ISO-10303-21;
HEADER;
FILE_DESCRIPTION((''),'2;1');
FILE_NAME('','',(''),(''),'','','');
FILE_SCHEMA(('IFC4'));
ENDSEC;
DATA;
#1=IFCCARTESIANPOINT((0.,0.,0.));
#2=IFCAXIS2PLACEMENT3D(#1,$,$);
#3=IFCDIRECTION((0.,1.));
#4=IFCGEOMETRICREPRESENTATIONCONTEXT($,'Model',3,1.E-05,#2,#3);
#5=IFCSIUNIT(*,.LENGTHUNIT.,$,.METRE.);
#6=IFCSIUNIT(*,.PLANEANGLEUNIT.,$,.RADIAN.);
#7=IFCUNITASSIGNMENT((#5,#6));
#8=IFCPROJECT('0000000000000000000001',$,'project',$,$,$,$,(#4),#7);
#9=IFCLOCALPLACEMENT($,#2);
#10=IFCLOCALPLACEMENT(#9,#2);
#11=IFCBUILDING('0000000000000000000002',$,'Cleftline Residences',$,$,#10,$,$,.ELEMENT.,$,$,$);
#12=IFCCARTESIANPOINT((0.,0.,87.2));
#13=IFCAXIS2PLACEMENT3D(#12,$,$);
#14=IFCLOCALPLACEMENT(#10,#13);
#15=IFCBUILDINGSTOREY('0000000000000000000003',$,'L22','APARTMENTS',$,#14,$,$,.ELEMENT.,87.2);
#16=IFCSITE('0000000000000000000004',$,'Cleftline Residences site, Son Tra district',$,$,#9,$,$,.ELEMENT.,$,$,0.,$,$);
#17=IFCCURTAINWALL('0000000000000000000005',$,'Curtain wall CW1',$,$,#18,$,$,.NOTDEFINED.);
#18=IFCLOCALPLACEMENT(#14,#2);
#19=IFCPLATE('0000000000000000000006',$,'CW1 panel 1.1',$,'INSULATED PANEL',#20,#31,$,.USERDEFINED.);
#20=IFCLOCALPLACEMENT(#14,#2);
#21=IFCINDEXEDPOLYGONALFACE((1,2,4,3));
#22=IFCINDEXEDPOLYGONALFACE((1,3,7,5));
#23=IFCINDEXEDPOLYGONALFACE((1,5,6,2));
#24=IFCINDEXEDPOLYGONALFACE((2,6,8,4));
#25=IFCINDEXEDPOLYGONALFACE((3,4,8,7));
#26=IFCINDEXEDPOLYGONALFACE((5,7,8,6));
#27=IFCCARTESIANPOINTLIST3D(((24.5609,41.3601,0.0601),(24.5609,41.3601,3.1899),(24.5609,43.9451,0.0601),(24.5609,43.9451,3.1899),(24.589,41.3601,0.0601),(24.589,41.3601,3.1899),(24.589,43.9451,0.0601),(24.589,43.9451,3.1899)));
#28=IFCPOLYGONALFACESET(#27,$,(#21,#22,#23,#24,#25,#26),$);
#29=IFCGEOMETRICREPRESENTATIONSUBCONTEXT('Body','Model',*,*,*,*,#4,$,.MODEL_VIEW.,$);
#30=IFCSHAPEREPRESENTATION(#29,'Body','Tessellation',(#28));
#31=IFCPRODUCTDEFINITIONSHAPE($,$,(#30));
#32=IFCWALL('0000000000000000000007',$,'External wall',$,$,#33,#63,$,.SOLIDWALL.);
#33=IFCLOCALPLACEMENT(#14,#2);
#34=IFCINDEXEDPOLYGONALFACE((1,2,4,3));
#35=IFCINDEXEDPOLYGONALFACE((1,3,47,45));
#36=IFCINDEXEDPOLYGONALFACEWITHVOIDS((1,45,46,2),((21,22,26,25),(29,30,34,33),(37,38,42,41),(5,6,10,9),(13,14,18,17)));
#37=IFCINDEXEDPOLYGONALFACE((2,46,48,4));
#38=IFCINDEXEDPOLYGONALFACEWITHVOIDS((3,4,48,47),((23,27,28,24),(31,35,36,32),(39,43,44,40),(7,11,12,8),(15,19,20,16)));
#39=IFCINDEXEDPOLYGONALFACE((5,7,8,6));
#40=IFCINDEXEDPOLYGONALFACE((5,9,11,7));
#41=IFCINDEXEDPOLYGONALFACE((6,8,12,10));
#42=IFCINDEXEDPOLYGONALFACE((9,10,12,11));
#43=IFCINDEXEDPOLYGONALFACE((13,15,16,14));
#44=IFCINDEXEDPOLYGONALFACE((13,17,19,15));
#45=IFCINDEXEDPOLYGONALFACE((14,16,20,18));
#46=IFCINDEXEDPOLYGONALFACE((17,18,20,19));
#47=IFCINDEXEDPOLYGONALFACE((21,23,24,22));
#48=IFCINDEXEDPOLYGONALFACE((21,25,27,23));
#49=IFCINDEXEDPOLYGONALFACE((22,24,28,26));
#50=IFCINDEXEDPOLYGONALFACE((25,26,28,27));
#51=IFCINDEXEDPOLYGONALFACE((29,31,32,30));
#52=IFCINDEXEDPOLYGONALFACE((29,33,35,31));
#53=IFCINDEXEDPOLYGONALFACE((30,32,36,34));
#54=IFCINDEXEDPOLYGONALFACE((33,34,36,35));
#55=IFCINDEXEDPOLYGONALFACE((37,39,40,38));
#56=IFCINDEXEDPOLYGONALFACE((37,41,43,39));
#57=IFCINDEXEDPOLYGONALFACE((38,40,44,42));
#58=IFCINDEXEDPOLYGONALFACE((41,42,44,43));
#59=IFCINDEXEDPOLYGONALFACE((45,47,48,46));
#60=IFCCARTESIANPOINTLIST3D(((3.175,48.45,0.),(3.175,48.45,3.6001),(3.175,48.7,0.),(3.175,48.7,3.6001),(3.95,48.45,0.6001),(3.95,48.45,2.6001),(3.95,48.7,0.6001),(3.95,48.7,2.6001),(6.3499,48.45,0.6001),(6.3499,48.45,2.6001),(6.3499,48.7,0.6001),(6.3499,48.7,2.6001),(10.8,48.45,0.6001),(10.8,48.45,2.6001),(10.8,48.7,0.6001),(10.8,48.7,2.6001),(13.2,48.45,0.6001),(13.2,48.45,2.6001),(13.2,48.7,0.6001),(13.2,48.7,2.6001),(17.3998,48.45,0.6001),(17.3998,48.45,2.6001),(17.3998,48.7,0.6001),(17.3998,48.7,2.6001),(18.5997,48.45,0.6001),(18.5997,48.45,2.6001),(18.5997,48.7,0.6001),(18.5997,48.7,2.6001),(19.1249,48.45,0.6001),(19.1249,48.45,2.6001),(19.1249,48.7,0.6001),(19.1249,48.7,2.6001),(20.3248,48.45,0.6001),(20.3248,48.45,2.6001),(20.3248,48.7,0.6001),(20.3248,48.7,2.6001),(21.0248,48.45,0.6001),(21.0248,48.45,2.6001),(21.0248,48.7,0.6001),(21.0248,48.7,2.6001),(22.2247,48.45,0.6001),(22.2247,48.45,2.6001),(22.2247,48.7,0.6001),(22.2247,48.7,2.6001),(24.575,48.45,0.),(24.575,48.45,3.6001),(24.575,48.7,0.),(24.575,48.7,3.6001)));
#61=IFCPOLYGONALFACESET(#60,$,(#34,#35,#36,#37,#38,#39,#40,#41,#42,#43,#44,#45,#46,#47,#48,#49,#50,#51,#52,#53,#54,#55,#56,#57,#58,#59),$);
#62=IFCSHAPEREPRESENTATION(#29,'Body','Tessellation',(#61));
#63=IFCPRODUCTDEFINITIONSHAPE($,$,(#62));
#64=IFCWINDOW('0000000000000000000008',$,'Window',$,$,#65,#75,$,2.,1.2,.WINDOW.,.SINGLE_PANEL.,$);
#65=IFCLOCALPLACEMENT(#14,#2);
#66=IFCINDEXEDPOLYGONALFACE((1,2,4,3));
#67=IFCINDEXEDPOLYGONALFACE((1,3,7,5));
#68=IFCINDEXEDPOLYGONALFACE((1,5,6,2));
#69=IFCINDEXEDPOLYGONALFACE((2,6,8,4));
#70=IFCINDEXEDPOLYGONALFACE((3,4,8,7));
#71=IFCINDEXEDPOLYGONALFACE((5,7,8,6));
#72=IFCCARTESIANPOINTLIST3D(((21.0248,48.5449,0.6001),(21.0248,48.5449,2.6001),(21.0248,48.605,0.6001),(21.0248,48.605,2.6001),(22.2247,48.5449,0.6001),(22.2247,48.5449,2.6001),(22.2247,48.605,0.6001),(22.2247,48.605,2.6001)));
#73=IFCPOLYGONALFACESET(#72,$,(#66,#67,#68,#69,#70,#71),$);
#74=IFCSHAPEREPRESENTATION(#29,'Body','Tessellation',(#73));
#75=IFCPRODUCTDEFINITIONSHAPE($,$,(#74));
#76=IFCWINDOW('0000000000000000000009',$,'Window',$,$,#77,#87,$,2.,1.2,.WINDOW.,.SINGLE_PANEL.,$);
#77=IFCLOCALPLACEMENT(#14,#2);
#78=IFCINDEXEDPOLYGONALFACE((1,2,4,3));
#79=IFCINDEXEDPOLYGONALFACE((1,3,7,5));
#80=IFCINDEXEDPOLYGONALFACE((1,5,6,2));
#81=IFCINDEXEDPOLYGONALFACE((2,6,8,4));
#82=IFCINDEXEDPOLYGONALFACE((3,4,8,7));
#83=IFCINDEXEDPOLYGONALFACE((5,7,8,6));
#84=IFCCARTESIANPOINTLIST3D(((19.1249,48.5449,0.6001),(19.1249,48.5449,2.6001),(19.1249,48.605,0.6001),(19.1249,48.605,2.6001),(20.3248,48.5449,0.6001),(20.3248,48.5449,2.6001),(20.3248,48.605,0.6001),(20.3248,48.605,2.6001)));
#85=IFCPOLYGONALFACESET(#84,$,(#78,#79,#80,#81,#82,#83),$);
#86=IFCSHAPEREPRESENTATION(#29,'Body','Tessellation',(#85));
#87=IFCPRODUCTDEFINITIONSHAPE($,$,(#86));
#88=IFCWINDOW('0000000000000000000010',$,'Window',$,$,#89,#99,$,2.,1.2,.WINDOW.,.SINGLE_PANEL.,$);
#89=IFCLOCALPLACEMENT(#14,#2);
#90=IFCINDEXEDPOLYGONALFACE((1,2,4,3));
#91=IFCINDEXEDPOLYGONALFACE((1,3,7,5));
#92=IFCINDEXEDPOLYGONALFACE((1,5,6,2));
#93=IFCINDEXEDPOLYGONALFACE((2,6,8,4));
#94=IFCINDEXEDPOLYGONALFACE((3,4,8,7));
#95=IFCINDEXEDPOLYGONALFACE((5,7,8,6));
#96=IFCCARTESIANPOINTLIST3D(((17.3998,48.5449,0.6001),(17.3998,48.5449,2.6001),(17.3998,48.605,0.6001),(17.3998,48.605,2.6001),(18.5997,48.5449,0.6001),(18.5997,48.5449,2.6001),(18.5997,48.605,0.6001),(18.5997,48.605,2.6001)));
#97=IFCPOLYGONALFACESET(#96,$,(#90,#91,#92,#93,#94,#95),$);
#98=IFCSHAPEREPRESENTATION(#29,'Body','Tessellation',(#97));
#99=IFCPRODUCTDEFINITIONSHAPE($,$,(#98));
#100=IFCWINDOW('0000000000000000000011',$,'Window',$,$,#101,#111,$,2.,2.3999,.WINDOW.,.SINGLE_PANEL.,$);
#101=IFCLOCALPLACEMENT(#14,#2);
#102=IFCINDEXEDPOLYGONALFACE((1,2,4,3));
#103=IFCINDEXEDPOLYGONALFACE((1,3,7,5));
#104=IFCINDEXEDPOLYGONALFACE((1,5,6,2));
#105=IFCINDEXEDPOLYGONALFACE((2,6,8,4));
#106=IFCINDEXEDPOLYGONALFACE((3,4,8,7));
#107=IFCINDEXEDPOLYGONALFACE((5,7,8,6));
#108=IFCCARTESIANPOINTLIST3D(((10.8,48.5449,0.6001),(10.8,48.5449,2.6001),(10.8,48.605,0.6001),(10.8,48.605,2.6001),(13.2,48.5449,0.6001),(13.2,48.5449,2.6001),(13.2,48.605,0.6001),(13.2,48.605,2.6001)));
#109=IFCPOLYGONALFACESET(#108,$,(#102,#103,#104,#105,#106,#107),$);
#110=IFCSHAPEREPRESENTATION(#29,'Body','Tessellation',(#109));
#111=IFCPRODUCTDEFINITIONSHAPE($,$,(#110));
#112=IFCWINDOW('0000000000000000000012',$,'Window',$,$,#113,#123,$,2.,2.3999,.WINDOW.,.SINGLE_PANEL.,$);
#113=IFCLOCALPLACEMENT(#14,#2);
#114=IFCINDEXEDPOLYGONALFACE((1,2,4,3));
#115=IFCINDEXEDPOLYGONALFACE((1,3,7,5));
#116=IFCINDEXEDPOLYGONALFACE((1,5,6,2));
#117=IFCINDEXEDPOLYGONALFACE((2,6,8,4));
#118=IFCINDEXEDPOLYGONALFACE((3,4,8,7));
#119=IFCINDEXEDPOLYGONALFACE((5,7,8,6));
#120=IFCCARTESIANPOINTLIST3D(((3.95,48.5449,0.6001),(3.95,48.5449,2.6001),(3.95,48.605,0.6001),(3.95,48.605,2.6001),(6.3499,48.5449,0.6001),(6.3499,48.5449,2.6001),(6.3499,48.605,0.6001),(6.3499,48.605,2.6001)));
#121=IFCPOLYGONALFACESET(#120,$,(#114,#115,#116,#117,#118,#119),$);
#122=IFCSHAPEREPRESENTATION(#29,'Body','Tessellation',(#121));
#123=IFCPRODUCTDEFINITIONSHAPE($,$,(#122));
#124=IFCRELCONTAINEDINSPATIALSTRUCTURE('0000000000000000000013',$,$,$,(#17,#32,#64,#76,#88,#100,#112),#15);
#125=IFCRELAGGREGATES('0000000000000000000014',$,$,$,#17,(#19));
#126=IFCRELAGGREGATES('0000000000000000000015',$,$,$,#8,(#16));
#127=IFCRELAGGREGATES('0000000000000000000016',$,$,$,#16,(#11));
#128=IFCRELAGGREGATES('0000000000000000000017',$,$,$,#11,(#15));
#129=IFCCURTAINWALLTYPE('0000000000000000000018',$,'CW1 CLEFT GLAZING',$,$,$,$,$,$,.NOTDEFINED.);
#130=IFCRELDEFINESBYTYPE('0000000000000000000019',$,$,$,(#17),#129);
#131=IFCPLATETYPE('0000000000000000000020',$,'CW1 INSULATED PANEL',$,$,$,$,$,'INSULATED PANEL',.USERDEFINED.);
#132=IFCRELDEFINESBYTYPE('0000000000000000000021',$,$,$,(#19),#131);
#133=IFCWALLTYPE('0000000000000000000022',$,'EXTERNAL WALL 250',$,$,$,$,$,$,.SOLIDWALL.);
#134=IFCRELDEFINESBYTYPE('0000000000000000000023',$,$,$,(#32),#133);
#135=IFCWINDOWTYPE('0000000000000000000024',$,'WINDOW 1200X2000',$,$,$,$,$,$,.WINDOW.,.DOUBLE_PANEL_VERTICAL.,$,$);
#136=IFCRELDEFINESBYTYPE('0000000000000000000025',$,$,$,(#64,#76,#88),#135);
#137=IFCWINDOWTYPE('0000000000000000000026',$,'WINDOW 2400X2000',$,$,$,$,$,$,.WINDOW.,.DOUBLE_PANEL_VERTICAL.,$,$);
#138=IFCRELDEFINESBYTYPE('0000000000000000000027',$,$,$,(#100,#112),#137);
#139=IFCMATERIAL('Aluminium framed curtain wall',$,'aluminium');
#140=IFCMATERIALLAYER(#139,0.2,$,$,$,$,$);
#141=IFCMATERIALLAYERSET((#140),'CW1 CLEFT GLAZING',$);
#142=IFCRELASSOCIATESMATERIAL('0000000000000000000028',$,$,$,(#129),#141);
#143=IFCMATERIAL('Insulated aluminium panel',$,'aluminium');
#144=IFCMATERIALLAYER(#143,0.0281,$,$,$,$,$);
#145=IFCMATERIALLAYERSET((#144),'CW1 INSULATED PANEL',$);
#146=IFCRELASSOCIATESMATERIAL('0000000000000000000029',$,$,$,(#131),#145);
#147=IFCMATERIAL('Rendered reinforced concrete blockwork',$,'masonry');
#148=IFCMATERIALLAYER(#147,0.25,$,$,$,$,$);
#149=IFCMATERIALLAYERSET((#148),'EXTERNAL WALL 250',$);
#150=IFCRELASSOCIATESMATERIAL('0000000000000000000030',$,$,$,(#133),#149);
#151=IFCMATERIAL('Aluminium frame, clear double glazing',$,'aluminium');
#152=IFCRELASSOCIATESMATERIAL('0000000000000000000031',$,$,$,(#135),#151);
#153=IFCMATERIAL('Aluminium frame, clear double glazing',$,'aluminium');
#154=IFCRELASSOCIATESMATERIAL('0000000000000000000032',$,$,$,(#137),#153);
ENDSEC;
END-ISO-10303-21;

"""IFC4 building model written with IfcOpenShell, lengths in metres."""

from ifc_helpers import new_model, si_unit, direction, frame, frame_2d, origin, origin_2d, place, context, subcontext, project, spatial, rectangle, extrude, material, layer, layer_set, type_object, element, fill, aggregate, save


model = new_model("IFC4")

# Units and contexts
model_context = context("Model", 3, precision=1e-05, world=origin(), true_north=direction((0.0, 1.0)))
body_context = subcontext(model_context, "Body", "Model", "MODEL_VIEW")
ifc_project = project(units=[si_unit("LENGTHUNIT", "METRE"), si_unit("PLANEANGLEUNIT", "RADIAN")], contexts=[model_context])

# Site, building, storey
site_placement = place(None, origin())
site = spatial("IfcSite", under=ifc_project, at=site_placement, Name="Cleftline Residences site, Son Tra district", CompositionType="ELEMENT", RefElevation=0.0)
building_placement = place(site_placement, origin())
building = spatial("IfcBuilding", under=site, at=building_placement, Name="Cleftline Residences", CompositionType="ELEMENT")
storey_placement = place(building_placement, frame((0.0, 0.0, 87.2)))
storey = spatial("IfcBuildingStorey", under=building, at=storey_placement, Name="L22", Description="APARTMENTS", CompositionType="ELEMENT", Elevation=87.2)

# Shared definitions
ifc_material_1 = material(Name="Aluminium framed curtain wall", Category="aluminium")
ifc_layer_1 = layer(ifc_material_1, 0.2)
ifc_layer_set_1 = layer_set([ifc_layer_1], Name="CW1 CLEFT GLAZING")
curtain_wall_type = type_object("IfcCurtainWallType", Name="CW1 CLEFT GLAZING", PredefinedType="NOTDEFINED", material=ifc_layer_set_1)

# Curtain wall, plate
curtain_wall_1_placement = place(storey_placement, origin())
curtain_wall_1 = element("IfcCurtainWall", 1, at=curtain_wall_1_placement, inside=storey, type_object=curtain_wall_type, Name="Curtain wall CW1", PredefinedType="NOTDEFINED")
ifc_material_2 = material(Name="Insulated aluminium panel", Category="aluminium")
ifc_layer_2 = layer(ifc_material_2, 0.0281)
ifc_layer_set_2 = layer_set([ifc_layer_2], Name="CW1 INSULATED PANEL")
plate_type_1 = type_object("IfcPlateType", Name="CW1 INSULATED PANEL", ElementType="INSULATED PANEL", PredefinedType="USERDEFINED", material=ifc_layer_set_2)
plate_1_placement = place(storey_placement, frame((24.575, 42.6526, 0.0601), z_axis=(0.0, 0.0, 1.0), x_axis=(0.0, 1.0, 0.0)))
plate_1 = element("IfcPlate", 2, at=plate_1_placement, type_object=plate_type_1, Name="CW1 panel 1.1", ObjectType="INSULATED PANEL", PredefinedType="USERDEFINED", context=body_context, shape_type="SweptSolid", body=[
    extrude(rectangle(XDim=2.585, YDim=0.0281, at=origin_2d()), origin(), (0.0, 0.0, 1.0), 3.1299),
])
aggregate(curtain_wall_1, [plate_1])

# Wall, openings, windows
ifc_material_3 = material(Name="Rendered reinforced concrete blockwork", Category="masonry")
ifc_layer_3 = layer(ifc_material_3, 0.25)
ifc_layer_set_3 = layer_set([ifc_layer_3], Name="EXTERNAL WALL 250")
wall_type = type_object("IfcWallType", Name="EXTERNAL WALL 250", PredefinedType="SOLIDWALL", material=ifc_layer_set_3)
wall_placement = place(storey_placement, frame((24.575, 48.575, 0.0), z_axis=(0.0, 0.0, 1.0), x_axis=(-1.0, 0.0, 0.0)))
wall = element("IfcWall", 3, at=wall_placement, inside=storey, type_object=wall_type, Name="External wall", PredefinedType="SOLIDWALL", context=body_context, shape_type="SweptSolid", body=[
    extrude(rectangle(XDim=21.3999, YDim=0.25, at=frame_2d((10.7, 0.0))), origin(), (0.0, 0.0, 1.0), 3.6001),
])
opening_1_placement = place(wall_placement, frame((2.3501, 0.0, 0.6001)))
opening_1 = element("IfcOpeningElement", 4, at=opening_1_placement, cuts=wall, PredefinedType="OPENING", context=body_context, shape_type="SweptSolid", body=[
    extrude(rectangle(XDim=1.2, YDim=2.0, at=frame_2d((0.6001, 1.0))), frame((0.0, 0.135, 0.0), z_axis=(0.0, -1.0, 0.0), x_axis=(1.0, 0.0, 0.0)), (0.0, 0.0, 1.0), 0.27),
])
opening_2_placement = place(wall_placement, frame((4.25, 0.0, 0.6001)))
opening_2 = element("IfcOpeningElement", 5, at=opening_2_placement, cuts=wall, PredefinedType="OPENING", context=body_context, shape_type="SweptSolid", body=[
    extrude(rectangle(XDim=1.2, YDim=2.0, at=frame_2d((0.6001, 1.0))), frame((0.0, 0.135, 0.0), z_axis=(0.0, -1.0, 0.0), x_axis=(1.0, 0.0, 0.0)), (0.0, 0.0, 1.0), 0.27),
])
opening_3_placement = place(wall_placement, frame((5.9751, 0.0, 0.6001)))
opening_3 = element("IfcOpeningElement", 6, at=opening_3_placement, cuts=wall, PredefinedType="OPENING", context=body_context, shape_type="SweptSolid", body=[
    extrude(rectangle(XDim=1.2, YDim=2.0, at=frame_2d((0.6001, 1.0))), frame((0.0, 0.135, 0.0), z_axis=(0.0, -1.0, 0.0), x_axis=(1.0, 0.0, 0.0)), (0.0, 0.0, 1.0), 0.27),
])
opening_4_placement = place(wall_placement, frame((11.375, 0.0, 0.6001)))
opening_4 = element("IfcOpeningElement", 7, at=opening_4_placement, cuts=wall, PredefinedType="OPENING", context=body_context, shape_type="SweptSolid", body=[
    extrude(rectangle(XDim=2.3999, YDim=2.0, at=frame_2d((1.2, 1.0))), frame((0.0, 0.135, 0.0), z_axis=(0.0, -1.0, 0.0), x_axis=(1.0, 0.0, 0.0)), (0.0, 0.0, 1.0), 0.27),
])
opening_5_placement = place(wall_placement, frame((18.2251, 0.0, 0.6001)))
opening_5 = element("IfcOpeningElement", 8, at=opening_5_placement, cuts=wall, PredefinedType="OPENING", context=body_context, shape_type="SweptSolid", body=[
    extrude(rectangle(XDim=2.3999, YDim=2.0, at=frame_2d((1.2, 1.0))), frame((0.0, 0.135, 0.0), z_axis=(0.0, -1.0, 0.0), x_axis=(1.0, 0.0, 0.0)), (0.0, 0.0, 1.0), 0.27),
])
ifc_material_4 = material(Name="Aluminium frame, clear double glazing", Category="aluminium")
window_type_1 = type_object("IfcWindowType", Name="WINDOW 1200X2000", PartitioningType="DOUBLE_PANEL_VERTICAL", PredefinedType="WINDOW", material=ifc_material_4)
window_1_placement = place(opening_1_placement, origin())
window_1 = element("IfcWindow", 9, at=window_1_placement, inside=storey, type_object=window_type_1, Name="Window", OverallHeight=2.0, OverallWidth=1.2, PartitioningType="SINGLE_PANEL", PredefinedType="WINDOW", context=body_context, shape_type="SweptSolid", body=[
    extrude(rectangle(XDim=1.2, YDim=2.0, at=frame_2d((0.6001, 1.0))), frame((0.0, 0.03, 0.0), z_axis=(0.0, -1.0, 0.0), x_axis=(1.0, 0.0, 0.0)), (0.0, 0.0, 1.0), 0.0601),
])
fill(opening_1, window_1)
window_2_placement = place(opening_2_placement, origin())
window_2 = element("IfcWindow", 10, at=window_2_placement, inside=storey, type_object=window_type_1, Name="Window", OverallHeight=2.0, OverallWidth=1.2, PartitioningType="SINGLE_PANEL", PredefinedType="WINDOW", context=body_context, shape_type="SweptSolid", body=[
    extrude(rectangle(XDim=1.2, YDim=2.0, at=frame_2d((0.6001, 1.0))), frame((0.0, 0.03, 0.0), z_axis=(0.0, -1.0, 0.0), x_axis=(1.0, 0.0, 0.0)), (0.0, 0.0, 1.0), 0.0601),
])
fill(opening_2, window_2)
window_3_placement = place(opening_3_placement, origin())
window_3 = element("IfcWindow", 11, at=window_3_placement, inside=storey, type_object=window_type_1, Name="Window", OverallHeight=2.0, OverallWidth=1.2, PartitioningType="SINGLE_PANEL", PredefinedType="WINDOW", context=body_context, shape_type="SweptSolid", body=[
    extrude(rectangle(XDim=1.2, YDim=2.0, at=frame_2d((0.6001, 1.0))), frame((0.0, 0.03, 0.0), z_axis=(0.0, -1.0, 0.0), x_axis=(1.0, 0.0, 0.0)), (0.0, 0.0, 1.0), 0.0601),
])
fill(opening_3, window_3)
ifc_material_5 = material(Name="Aluminium frame, clear double glazing", Category="aluminium")
window_type_2 = type_object("IfcWindowType", Name="WINDOW 2400X2000", PartitioningType="DOUBLE_PANEL_VERTICAL", PredefinedType="WINDOW", material=ifc_material_5)
window_4_placement = place(opening_4_placement, origin())
window_4 = element("IfcWindow", 12, at=window_4_placement, inside=storey, type_object=window_type_2, Name="Window", OverallHeight=2.0, OverallWidth=2.3999, PartitioningType="SINGLE_PANEL", PredefinedType="WINDOW", context=body_context, shape_type="SweptSolid", body=[
    extrude(rectangle(XDim=2.3999, YDim=2.0, at=frame_2d((1.2, 1.0))), frame((0.0, 0.03, 0.0), z_axis=(0.0, -1.0, 0.0), x_axis=(1.0, 0.0, 0.0)), (0.0, 0.0, 1.0), 0.0601),
])
fill(opening_4, window_4)
window_5_placement = place(opening_5_placement, origin())
window_5 = element("IfcWindow", 13, at=window_5_placement, inside=storey, type_object=window_type_2, Name="Window", OverallHeight=2.0, OverallWidth=2.3999, PartitioningType="SINGLE_PANEL", PredefinedType="WINDOW", context=body_context, shape_type="SweptSolid", body=[
    extrude(rectangle(XDim=2.3999, YDim=2.0, at=frame_2d((1.2, 1.0))), frame((0.0, 0.03, 0.0), z_axis=(0.0, -1.0, 0.0), x_axis=(1.0, 0.0, 0.0)), (0.0, 0.0, 1.0), 0.0601),
])
fill(opening_5, window_5)

save(model, "model.ifc")
